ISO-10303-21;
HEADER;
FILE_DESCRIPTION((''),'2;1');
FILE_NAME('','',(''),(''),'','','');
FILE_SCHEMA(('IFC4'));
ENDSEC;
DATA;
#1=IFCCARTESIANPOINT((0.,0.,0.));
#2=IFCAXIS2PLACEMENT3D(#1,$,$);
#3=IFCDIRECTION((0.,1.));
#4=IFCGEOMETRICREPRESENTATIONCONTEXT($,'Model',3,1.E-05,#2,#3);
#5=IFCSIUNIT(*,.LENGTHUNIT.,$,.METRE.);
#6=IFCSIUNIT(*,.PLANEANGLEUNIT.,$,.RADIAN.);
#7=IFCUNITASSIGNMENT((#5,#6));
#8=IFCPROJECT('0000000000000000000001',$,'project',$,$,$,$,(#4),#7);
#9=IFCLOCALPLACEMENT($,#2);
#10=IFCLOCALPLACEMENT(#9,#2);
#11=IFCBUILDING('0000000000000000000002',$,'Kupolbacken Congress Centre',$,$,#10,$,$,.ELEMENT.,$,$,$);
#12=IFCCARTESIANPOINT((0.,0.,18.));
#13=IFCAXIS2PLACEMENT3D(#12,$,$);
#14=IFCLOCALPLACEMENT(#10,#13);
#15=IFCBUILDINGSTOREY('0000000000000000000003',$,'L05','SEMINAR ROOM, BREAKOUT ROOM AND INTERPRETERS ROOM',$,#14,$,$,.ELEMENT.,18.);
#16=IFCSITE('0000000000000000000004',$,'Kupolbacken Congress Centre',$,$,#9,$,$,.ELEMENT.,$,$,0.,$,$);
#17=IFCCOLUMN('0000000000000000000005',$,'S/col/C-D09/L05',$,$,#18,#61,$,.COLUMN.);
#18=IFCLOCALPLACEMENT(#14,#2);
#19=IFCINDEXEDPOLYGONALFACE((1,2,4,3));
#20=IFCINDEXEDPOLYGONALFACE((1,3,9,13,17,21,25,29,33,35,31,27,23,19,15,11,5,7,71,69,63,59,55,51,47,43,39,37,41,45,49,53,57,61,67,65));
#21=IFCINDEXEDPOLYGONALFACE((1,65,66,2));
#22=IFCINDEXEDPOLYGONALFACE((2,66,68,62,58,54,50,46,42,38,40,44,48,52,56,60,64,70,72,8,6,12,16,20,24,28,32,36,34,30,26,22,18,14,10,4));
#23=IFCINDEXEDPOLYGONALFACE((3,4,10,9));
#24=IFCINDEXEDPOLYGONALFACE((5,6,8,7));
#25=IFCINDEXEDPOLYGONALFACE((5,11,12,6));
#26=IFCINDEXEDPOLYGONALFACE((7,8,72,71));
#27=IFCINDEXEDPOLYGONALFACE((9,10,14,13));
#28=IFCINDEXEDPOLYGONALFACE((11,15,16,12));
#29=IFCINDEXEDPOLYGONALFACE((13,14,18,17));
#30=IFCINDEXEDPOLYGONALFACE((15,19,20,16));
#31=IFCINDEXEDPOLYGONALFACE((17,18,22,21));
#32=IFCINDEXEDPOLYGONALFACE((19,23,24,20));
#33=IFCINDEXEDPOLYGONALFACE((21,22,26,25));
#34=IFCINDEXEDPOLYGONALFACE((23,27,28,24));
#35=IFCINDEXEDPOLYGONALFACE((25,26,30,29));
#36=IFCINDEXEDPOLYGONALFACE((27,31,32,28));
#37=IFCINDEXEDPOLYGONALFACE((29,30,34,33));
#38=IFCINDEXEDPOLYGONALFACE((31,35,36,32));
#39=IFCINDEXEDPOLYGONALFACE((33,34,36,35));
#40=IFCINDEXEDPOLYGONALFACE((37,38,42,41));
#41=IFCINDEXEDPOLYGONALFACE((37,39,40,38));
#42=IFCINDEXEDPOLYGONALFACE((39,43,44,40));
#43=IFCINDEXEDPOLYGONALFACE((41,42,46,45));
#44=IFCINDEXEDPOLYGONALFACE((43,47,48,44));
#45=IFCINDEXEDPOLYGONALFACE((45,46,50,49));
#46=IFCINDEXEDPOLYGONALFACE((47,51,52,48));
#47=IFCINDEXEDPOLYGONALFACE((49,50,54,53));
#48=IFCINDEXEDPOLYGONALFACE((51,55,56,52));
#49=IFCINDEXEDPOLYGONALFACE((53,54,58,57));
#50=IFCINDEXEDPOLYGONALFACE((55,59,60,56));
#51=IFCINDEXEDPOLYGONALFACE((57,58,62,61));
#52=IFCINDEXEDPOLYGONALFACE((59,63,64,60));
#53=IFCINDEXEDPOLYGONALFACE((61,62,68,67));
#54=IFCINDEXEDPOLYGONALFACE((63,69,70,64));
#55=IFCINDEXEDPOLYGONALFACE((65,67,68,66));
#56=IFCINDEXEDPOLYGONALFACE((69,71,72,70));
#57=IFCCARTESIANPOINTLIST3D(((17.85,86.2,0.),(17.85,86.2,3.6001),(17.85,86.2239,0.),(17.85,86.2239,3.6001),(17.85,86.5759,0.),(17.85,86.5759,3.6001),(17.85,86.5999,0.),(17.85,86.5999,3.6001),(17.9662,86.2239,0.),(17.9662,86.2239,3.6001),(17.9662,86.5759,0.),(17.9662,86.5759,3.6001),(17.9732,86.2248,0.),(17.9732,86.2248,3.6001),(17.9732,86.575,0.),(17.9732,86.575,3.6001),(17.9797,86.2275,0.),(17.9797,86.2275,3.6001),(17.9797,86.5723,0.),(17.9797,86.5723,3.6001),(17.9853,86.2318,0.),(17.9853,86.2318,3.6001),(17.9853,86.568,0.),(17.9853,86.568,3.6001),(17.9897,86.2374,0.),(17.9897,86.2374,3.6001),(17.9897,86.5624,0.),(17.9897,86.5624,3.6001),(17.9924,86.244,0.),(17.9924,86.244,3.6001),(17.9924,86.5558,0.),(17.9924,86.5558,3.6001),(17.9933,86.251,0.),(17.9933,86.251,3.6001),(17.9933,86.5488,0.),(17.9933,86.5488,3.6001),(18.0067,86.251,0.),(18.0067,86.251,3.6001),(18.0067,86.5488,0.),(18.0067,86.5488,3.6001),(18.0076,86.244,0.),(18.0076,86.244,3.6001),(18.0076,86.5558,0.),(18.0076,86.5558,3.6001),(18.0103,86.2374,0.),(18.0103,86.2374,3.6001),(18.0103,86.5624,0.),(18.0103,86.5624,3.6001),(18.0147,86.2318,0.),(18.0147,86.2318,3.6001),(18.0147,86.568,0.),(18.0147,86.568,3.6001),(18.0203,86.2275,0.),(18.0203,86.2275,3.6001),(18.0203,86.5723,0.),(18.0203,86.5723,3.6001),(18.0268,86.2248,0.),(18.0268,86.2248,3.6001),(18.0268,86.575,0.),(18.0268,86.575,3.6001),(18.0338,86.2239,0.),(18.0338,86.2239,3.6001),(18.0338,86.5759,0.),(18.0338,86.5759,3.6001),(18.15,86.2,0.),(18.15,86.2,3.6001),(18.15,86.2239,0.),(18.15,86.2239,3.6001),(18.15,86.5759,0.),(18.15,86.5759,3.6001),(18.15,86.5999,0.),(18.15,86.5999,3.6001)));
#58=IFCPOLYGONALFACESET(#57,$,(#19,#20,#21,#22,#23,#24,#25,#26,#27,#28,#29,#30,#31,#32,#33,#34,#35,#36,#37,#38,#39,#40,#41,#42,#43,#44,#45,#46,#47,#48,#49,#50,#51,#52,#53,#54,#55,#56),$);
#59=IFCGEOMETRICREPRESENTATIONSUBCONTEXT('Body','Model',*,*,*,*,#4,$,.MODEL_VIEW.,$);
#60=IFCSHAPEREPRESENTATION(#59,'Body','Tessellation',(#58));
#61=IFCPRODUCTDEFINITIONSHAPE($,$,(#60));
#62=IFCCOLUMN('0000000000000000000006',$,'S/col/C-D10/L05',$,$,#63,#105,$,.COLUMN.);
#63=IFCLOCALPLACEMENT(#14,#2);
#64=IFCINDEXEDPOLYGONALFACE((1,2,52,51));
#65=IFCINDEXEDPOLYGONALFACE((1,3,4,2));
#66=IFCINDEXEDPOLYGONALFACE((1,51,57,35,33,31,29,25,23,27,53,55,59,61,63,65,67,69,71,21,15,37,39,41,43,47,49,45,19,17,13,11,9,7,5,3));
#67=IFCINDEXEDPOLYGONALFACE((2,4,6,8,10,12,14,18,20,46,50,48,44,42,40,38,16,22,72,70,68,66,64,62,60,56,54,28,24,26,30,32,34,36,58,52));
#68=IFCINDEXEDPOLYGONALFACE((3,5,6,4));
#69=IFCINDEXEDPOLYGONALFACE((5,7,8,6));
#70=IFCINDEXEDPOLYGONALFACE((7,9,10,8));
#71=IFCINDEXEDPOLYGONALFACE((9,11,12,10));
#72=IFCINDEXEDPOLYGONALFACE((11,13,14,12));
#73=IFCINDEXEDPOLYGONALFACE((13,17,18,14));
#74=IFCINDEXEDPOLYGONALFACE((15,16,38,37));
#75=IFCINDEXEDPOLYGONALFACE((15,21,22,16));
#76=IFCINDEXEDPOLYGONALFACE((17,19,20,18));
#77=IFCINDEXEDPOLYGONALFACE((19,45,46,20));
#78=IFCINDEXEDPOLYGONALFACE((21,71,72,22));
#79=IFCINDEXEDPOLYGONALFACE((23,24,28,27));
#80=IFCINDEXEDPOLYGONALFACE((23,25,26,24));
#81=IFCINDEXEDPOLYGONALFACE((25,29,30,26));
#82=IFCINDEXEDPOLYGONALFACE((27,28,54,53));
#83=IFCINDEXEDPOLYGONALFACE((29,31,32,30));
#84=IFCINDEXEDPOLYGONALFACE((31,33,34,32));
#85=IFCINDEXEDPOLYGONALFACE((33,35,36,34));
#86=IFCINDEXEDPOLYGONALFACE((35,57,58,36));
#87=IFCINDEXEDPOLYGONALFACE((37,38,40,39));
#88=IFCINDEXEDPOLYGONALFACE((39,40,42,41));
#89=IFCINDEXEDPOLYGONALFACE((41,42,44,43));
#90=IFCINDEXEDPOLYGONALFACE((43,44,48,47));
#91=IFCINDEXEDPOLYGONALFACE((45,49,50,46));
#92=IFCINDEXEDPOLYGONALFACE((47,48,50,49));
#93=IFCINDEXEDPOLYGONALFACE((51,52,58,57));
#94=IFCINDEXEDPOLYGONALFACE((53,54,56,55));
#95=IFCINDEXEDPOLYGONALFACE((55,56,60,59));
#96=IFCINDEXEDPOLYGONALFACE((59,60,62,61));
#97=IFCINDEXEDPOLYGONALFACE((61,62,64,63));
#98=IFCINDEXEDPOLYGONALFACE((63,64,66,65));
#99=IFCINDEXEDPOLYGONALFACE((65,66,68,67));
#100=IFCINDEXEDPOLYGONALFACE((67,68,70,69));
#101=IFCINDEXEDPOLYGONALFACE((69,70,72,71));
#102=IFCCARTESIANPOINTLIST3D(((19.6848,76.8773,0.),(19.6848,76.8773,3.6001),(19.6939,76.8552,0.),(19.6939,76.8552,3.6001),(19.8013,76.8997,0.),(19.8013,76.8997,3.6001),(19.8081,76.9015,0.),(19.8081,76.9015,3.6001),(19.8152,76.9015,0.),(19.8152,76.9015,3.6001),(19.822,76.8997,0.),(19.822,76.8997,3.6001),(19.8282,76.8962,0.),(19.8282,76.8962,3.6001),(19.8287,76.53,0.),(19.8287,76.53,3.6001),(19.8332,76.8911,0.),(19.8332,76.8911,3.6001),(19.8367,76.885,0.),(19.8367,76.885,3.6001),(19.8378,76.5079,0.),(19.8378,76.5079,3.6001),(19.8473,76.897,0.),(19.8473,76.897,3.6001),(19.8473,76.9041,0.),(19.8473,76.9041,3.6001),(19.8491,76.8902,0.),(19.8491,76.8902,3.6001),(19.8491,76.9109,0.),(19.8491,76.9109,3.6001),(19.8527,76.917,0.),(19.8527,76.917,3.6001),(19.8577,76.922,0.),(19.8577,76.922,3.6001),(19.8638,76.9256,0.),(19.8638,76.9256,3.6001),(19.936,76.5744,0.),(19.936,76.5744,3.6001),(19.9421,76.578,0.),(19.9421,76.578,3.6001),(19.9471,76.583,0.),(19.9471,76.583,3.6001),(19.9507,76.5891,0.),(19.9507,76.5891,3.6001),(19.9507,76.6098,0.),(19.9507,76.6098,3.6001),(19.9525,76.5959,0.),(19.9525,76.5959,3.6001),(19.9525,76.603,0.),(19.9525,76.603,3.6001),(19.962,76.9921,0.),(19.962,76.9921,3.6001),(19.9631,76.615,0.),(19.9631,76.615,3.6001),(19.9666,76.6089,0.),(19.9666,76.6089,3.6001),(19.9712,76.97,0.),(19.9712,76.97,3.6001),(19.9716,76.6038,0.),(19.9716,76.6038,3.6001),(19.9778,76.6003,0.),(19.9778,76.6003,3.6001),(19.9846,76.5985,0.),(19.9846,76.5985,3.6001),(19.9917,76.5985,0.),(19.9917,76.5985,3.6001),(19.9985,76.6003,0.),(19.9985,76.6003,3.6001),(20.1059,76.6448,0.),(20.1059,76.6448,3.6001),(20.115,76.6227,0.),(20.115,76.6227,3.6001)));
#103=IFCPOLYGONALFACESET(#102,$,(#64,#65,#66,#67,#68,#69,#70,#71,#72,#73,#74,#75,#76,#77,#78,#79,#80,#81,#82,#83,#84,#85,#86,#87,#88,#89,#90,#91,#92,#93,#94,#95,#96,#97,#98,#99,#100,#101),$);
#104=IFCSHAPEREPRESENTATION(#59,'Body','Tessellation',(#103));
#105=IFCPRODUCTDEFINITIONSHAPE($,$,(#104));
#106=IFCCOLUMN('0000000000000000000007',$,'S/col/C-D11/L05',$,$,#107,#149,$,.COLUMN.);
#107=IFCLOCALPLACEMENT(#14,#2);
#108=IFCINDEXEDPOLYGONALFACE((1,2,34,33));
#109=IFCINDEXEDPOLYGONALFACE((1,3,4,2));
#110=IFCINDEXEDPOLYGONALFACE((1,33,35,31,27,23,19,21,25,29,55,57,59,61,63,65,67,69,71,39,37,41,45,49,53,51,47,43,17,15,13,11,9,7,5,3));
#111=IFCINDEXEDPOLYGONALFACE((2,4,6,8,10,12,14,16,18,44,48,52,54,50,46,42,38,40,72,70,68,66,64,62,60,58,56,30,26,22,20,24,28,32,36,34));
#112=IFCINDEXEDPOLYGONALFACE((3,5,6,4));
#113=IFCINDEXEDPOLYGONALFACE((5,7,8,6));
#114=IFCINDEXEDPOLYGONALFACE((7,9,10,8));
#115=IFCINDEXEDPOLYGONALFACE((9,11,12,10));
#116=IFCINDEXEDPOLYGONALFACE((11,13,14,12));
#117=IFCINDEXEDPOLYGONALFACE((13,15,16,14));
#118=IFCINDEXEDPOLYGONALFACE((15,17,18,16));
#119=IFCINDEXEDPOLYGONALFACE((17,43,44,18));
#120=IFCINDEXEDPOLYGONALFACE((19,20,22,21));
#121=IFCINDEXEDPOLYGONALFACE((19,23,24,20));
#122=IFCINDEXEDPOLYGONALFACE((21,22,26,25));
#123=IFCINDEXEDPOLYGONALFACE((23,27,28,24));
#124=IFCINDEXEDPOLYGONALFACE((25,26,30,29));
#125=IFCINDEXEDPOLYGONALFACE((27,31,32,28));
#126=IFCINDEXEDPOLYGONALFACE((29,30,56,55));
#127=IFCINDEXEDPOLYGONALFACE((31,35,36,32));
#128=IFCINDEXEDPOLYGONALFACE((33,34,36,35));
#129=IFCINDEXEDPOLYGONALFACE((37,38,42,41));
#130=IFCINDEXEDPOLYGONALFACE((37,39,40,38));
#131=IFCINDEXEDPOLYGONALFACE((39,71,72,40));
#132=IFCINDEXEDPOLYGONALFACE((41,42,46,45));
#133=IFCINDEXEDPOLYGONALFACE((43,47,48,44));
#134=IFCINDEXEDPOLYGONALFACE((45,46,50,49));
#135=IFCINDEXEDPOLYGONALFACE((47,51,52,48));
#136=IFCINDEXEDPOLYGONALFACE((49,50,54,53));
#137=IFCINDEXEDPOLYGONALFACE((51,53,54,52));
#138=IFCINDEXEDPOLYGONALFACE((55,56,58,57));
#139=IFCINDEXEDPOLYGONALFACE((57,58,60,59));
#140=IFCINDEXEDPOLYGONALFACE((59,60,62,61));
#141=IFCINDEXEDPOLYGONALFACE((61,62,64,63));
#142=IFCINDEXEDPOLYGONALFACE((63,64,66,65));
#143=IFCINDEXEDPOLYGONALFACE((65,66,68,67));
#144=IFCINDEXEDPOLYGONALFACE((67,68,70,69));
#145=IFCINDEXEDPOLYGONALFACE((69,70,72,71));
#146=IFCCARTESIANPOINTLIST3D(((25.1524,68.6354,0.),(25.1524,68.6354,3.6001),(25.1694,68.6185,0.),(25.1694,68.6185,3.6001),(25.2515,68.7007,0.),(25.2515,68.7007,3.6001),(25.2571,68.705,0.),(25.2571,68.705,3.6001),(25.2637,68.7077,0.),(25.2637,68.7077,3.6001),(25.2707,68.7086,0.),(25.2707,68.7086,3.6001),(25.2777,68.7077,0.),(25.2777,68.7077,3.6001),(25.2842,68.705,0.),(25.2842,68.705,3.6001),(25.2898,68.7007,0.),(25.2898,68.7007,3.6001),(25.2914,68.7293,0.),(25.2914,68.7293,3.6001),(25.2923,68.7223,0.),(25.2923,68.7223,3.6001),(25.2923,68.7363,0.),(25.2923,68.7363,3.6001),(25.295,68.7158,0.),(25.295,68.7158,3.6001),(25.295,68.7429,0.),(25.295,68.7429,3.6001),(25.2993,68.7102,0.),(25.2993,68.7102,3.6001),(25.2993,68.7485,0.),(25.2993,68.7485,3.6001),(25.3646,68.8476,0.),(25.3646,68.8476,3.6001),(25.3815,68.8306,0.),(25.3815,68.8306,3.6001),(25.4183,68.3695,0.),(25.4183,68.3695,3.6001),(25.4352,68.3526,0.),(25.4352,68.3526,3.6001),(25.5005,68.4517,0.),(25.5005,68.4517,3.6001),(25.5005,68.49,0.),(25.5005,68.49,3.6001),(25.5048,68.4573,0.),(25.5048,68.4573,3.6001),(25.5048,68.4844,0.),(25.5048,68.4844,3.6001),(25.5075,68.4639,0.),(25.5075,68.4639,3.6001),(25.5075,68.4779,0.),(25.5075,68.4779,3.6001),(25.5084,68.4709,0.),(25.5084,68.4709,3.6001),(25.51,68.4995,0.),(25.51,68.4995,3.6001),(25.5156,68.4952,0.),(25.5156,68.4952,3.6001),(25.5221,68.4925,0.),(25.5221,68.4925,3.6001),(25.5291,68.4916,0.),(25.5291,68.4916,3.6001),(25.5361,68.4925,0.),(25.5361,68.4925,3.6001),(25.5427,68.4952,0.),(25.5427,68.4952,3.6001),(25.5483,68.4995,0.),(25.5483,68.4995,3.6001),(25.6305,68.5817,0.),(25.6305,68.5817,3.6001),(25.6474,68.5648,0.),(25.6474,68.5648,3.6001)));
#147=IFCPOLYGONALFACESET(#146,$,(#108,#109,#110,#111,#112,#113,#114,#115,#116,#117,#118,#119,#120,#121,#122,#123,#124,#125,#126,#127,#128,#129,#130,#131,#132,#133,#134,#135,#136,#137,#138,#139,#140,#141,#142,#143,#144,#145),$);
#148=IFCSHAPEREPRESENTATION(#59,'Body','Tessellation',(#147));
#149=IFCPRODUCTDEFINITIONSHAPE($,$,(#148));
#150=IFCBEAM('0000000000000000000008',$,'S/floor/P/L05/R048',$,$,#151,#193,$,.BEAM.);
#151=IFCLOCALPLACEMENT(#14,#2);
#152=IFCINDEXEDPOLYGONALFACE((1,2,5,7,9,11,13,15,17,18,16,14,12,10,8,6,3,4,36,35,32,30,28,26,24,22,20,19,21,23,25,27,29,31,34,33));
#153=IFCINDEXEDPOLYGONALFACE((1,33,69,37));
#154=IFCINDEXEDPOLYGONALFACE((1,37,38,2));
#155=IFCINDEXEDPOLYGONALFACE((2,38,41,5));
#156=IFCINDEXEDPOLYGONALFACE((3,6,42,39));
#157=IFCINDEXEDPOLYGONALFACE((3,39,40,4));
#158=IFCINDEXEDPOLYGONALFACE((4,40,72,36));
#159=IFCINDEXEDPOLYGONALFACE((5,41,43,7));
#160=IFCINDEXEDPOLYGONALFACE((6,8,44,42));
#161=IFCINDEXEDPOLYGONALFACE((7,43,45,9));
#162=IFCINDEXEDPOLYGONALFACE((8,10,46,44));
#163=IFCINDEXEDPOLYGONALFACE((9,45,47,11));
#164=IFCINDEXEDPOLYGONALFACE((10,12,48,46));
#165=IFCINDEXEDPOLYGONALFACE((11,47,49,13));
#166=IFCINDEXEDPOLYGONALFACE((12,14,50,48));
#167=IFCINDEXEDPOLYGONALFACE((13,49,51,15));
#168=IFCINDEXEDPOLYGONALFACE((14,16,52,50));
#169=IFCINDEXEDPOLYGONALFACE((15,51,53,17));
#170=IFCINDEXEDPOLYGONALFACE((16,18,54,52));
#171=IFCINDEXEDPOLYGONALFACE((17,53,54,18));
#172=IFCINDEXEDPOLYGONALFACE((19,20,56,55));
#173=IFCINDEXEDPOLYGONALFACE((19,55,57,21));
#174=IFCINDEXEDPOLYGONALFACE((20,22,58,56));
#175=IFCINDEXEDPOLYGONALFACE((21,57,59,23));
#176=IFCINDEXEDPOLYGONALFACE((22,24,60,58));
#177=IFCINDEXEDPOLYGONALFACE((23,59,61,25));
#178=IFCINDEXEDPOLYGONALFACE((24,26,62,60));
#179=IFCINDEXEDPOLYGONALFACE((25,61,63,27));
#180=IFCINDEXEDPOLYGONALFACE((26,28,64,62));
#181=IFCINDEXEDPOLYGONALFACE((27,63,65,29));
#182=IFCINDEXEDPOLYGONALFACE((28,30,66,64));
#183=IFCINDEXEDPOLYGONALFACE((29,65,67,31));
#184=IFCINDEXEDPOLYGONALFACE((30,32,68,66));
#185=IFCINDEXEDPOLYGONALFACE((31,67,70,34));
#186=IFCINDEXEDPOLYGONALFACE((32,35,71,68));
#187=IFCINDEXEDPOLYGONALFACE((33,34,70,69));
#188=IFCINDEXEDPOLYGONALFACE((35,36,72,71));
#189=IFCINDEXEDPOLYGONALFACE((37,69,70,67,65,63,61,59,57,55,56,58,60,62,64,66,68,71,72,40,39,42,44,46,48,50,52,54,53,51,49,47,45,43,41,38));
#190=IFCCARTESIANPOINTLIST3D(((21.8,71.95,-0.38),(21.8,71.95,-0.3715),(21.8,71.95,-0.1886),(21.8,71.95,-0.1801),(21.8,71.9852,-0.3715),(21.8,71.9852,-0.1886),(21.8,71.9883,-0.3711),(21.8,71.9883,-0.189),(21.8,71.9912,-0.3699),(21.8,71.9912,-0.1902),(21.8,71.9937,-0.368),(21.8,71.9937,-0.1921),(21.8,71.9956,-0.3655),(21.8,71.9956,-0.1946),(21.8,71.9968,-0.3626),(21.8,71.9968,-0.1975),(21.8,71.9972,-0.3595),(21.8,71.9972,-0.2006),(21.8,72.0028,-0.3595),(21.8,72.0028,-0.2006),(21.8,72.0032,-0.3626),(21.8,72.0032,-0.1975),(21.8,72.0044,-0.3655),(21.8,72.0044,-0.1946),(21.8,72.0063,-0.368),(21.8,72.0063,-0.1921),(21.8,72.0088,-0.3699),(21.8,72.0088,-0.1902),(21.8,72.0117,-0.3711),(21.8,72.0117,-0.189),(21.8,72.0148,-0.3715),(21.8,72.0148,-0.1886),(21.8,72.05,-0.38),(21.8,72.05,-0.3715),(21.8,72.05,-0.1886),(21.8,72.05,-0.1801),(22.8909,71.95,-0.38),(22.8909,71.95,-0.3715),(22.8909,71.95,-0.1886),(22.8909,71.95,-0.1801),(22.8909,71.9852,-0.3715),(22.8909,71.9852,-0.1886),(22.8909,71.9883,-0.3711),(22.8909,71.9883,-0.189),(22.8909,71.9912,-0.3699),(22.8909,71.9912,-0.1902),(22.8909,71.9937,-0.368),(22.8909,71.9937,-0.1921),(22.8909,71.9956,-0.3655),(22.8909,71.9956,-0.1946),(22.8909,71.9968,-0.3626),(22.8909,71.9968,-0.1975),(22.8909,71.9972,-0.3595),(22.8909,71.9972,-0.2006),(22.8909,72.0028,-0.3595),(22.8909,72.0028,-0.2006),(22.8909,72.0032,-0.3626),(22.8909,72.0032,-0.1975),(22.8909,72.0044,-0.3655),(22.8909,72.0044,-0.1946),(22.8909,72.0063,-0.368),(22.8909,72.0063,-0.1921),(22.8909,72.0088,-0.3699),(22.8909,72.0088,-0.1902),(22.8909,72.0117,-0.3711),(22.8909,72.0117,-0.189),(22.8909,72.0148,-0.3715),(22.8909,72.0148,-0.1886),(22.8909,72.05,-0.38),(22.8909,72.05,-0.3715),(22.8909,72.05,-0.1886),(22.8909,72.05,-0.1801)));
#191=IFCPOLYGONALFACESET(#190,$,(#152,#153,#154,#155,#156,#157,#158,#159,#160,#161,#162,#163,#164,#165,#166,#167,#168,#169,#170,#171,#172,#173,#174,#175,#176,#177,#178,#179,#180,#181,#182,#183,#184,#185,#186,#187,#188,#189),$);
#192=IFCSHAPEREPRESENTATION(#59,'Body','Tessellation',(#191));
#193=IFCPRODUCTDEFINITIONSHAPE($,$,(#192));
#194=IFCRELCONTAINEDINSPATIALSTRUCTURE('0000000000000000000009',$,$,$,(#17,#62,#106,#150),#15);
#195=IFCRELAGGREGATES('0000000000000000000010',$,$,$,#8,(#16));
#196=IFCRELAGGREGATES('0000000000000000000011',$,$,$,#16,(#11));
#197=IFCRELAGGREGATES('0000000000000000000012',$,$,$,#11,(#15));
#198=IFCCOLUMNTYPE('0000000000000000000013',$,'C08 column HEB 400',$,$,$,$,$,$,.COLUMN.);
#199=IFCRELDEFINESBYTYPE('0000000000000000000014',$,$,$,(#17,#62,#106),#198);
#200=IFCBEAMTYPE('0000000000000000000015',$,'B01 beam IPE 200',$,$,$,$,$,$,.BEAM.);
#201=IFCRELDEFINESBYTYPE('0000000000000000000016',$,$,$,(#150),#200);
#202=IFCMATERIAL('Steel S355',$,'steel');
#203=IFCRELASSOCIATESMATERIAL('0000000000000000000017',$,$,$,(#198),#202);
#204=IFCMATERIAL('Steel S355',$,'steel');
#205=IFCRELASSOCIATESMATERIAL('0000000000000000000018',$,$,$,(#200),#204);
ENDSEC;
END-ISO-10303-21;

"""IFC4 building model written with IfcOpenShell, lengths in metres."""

from ifc_helpers import new_model, si_unit, direction, frame, origin, origin_2d, place, context, subcontext, project, spatial, i_section, extrude, material, material_profile, profile_set, type_object, element, save


model = new_model("IFC4")

# Units and contexts
model_context = context("Model", 3, precision=1e-05, world=origin(), true_north=direction((0.0, 1.0)))
body_context = subcontext(model_context, "Body", "Model", "MODEL_VIEW")
ifc_project = project(units=[si_unit("LENGTHUNIT", "METRE"), si_unit("PLANEANGLEUNIT", "RADIAN")], contexts=[model_context])

# Site, building, storey
site_placement = place(None, origin())
site = spatial("IfcSite", under=ifc_project, at=site_placement, Name="Kupolbacken Congress Centre", CompositionType="ELEMENT", RefElevation=0.0)
building_placement = place(site_placement, origin())
building = spatial("IfcBuilding", under=site, at=building_placement, Name="Kupolbacken Congress Centre", CompositionType="ELEMENT")
storey_placement = place(building_placement, frame((0.0, 0.0, 18.0)))
storey = spatial("IfcBuildingStorey", under=building, at=storey_placement, Name="L05", Description="SEMINAR ROOM, BREAKOUT ROOM AND INTERPRETERS ROOM", CompositionType="ELEMENT", Elevation=18.0)

# Columns
ifc_material_1 = material(Name="Steel S355", Category="steel")
ifc_material_profile_1 = material_profile(ifc_material_1, i_section(OverallWidth=0.3, OverallDepth=0.3999, WebThickness=0.0134, FlangeThickness=0.0239, FilletRadius=0.0271, at=origin_2d()), Name="HEB 400")
ifc_profile_set_1 = profile_set([ifc_material_profile_1], Name="Steel S355")
column_type = type_object("IfcColumnType", Name="C08 column HEB 400", PredefinedType="COLUMN", material=ifc_profile_set_1)
for number, where, z_axis, x_axis, name in (
    (1, (18.0, 86.3999, 0.0), (0.0, 0.0, 1.0), (-1.0, 0.0, 0.0), "S/col/C-D09/L05"),
    (2, (19.8999, 76.75, 0.0), (0.0, 0.0, 1.0), (-0.923896, -0.382644, 0.0), "S/col/C-D10/L05"),
    (3, (25.3999, 68.6001, 0.0), (0.0, 0.0, 1.0), (-0.707107, -0.707107, 0.0), "S/col/C-D11/L05"),
):
    element("IfcColumn", number, at=place(storey_placement, frame(where, z_axis=z_axis, x_axis=x_axis)), inside=storey, type_object=column_type, Name=name, PredefinedType="COLUMN", context=body_context, shape_type="SweptSolid", body=[
        extrude(i_section(OverallWidth=0.3, OverallDepth=0.3999, WebThickness=0.0134, FlangeThickness=0.0239, FilletRadius=0.0271, at=origin_2d()), origin(), (0.0, 0.0, 1.0), 3.6001),
    ])

# Beam
ifc_material_2 = material(Name="Steel S355", Category="steel")
ifc_material_profile_2 = material_profile(ifc_material_2, i_section(OverallWidth=0.1001, OverallDepth=0.2, WebThickness=0.0056, FlangeThickness=0.0085, FilletRadius=0.012, at=origin_2d()), Name="IPE 200")
ifc_profile_set_2 = profile_set([ifc_material_profile_2], Name="Steel S355")
beam_type_1 = type_object("IfcBeamType", Name="B01 beam IPE 200", PredefinedType="BEAM", material=ifc_profile_set_2)
beam_1_placement = place(storey_placement, frame((21.8, 72.0, -0.28), z_axis=(1.0, 0.0, 0.0), x_axis=(0.0, 1.0, 0.0)))
element("IfcBeam", 4, at=beam_1_placement, inside=storey, type_object=beam_type_1, Name="S/floor/P/L05/R048", PredefinedType="BEAM", context=body_context, shape_type="SweptSolid", body=[
    extrude(i_section(OverallWidth=0.1001, OverallDepth=0.2, WebThickness=0.0056, FlangeThickness=0.0085, FilletRadius=0.012, at=origin_2d()), origin(), (0.0, 0.0, 1.0), 1.0908),
])

save(model, "model.ifc")
